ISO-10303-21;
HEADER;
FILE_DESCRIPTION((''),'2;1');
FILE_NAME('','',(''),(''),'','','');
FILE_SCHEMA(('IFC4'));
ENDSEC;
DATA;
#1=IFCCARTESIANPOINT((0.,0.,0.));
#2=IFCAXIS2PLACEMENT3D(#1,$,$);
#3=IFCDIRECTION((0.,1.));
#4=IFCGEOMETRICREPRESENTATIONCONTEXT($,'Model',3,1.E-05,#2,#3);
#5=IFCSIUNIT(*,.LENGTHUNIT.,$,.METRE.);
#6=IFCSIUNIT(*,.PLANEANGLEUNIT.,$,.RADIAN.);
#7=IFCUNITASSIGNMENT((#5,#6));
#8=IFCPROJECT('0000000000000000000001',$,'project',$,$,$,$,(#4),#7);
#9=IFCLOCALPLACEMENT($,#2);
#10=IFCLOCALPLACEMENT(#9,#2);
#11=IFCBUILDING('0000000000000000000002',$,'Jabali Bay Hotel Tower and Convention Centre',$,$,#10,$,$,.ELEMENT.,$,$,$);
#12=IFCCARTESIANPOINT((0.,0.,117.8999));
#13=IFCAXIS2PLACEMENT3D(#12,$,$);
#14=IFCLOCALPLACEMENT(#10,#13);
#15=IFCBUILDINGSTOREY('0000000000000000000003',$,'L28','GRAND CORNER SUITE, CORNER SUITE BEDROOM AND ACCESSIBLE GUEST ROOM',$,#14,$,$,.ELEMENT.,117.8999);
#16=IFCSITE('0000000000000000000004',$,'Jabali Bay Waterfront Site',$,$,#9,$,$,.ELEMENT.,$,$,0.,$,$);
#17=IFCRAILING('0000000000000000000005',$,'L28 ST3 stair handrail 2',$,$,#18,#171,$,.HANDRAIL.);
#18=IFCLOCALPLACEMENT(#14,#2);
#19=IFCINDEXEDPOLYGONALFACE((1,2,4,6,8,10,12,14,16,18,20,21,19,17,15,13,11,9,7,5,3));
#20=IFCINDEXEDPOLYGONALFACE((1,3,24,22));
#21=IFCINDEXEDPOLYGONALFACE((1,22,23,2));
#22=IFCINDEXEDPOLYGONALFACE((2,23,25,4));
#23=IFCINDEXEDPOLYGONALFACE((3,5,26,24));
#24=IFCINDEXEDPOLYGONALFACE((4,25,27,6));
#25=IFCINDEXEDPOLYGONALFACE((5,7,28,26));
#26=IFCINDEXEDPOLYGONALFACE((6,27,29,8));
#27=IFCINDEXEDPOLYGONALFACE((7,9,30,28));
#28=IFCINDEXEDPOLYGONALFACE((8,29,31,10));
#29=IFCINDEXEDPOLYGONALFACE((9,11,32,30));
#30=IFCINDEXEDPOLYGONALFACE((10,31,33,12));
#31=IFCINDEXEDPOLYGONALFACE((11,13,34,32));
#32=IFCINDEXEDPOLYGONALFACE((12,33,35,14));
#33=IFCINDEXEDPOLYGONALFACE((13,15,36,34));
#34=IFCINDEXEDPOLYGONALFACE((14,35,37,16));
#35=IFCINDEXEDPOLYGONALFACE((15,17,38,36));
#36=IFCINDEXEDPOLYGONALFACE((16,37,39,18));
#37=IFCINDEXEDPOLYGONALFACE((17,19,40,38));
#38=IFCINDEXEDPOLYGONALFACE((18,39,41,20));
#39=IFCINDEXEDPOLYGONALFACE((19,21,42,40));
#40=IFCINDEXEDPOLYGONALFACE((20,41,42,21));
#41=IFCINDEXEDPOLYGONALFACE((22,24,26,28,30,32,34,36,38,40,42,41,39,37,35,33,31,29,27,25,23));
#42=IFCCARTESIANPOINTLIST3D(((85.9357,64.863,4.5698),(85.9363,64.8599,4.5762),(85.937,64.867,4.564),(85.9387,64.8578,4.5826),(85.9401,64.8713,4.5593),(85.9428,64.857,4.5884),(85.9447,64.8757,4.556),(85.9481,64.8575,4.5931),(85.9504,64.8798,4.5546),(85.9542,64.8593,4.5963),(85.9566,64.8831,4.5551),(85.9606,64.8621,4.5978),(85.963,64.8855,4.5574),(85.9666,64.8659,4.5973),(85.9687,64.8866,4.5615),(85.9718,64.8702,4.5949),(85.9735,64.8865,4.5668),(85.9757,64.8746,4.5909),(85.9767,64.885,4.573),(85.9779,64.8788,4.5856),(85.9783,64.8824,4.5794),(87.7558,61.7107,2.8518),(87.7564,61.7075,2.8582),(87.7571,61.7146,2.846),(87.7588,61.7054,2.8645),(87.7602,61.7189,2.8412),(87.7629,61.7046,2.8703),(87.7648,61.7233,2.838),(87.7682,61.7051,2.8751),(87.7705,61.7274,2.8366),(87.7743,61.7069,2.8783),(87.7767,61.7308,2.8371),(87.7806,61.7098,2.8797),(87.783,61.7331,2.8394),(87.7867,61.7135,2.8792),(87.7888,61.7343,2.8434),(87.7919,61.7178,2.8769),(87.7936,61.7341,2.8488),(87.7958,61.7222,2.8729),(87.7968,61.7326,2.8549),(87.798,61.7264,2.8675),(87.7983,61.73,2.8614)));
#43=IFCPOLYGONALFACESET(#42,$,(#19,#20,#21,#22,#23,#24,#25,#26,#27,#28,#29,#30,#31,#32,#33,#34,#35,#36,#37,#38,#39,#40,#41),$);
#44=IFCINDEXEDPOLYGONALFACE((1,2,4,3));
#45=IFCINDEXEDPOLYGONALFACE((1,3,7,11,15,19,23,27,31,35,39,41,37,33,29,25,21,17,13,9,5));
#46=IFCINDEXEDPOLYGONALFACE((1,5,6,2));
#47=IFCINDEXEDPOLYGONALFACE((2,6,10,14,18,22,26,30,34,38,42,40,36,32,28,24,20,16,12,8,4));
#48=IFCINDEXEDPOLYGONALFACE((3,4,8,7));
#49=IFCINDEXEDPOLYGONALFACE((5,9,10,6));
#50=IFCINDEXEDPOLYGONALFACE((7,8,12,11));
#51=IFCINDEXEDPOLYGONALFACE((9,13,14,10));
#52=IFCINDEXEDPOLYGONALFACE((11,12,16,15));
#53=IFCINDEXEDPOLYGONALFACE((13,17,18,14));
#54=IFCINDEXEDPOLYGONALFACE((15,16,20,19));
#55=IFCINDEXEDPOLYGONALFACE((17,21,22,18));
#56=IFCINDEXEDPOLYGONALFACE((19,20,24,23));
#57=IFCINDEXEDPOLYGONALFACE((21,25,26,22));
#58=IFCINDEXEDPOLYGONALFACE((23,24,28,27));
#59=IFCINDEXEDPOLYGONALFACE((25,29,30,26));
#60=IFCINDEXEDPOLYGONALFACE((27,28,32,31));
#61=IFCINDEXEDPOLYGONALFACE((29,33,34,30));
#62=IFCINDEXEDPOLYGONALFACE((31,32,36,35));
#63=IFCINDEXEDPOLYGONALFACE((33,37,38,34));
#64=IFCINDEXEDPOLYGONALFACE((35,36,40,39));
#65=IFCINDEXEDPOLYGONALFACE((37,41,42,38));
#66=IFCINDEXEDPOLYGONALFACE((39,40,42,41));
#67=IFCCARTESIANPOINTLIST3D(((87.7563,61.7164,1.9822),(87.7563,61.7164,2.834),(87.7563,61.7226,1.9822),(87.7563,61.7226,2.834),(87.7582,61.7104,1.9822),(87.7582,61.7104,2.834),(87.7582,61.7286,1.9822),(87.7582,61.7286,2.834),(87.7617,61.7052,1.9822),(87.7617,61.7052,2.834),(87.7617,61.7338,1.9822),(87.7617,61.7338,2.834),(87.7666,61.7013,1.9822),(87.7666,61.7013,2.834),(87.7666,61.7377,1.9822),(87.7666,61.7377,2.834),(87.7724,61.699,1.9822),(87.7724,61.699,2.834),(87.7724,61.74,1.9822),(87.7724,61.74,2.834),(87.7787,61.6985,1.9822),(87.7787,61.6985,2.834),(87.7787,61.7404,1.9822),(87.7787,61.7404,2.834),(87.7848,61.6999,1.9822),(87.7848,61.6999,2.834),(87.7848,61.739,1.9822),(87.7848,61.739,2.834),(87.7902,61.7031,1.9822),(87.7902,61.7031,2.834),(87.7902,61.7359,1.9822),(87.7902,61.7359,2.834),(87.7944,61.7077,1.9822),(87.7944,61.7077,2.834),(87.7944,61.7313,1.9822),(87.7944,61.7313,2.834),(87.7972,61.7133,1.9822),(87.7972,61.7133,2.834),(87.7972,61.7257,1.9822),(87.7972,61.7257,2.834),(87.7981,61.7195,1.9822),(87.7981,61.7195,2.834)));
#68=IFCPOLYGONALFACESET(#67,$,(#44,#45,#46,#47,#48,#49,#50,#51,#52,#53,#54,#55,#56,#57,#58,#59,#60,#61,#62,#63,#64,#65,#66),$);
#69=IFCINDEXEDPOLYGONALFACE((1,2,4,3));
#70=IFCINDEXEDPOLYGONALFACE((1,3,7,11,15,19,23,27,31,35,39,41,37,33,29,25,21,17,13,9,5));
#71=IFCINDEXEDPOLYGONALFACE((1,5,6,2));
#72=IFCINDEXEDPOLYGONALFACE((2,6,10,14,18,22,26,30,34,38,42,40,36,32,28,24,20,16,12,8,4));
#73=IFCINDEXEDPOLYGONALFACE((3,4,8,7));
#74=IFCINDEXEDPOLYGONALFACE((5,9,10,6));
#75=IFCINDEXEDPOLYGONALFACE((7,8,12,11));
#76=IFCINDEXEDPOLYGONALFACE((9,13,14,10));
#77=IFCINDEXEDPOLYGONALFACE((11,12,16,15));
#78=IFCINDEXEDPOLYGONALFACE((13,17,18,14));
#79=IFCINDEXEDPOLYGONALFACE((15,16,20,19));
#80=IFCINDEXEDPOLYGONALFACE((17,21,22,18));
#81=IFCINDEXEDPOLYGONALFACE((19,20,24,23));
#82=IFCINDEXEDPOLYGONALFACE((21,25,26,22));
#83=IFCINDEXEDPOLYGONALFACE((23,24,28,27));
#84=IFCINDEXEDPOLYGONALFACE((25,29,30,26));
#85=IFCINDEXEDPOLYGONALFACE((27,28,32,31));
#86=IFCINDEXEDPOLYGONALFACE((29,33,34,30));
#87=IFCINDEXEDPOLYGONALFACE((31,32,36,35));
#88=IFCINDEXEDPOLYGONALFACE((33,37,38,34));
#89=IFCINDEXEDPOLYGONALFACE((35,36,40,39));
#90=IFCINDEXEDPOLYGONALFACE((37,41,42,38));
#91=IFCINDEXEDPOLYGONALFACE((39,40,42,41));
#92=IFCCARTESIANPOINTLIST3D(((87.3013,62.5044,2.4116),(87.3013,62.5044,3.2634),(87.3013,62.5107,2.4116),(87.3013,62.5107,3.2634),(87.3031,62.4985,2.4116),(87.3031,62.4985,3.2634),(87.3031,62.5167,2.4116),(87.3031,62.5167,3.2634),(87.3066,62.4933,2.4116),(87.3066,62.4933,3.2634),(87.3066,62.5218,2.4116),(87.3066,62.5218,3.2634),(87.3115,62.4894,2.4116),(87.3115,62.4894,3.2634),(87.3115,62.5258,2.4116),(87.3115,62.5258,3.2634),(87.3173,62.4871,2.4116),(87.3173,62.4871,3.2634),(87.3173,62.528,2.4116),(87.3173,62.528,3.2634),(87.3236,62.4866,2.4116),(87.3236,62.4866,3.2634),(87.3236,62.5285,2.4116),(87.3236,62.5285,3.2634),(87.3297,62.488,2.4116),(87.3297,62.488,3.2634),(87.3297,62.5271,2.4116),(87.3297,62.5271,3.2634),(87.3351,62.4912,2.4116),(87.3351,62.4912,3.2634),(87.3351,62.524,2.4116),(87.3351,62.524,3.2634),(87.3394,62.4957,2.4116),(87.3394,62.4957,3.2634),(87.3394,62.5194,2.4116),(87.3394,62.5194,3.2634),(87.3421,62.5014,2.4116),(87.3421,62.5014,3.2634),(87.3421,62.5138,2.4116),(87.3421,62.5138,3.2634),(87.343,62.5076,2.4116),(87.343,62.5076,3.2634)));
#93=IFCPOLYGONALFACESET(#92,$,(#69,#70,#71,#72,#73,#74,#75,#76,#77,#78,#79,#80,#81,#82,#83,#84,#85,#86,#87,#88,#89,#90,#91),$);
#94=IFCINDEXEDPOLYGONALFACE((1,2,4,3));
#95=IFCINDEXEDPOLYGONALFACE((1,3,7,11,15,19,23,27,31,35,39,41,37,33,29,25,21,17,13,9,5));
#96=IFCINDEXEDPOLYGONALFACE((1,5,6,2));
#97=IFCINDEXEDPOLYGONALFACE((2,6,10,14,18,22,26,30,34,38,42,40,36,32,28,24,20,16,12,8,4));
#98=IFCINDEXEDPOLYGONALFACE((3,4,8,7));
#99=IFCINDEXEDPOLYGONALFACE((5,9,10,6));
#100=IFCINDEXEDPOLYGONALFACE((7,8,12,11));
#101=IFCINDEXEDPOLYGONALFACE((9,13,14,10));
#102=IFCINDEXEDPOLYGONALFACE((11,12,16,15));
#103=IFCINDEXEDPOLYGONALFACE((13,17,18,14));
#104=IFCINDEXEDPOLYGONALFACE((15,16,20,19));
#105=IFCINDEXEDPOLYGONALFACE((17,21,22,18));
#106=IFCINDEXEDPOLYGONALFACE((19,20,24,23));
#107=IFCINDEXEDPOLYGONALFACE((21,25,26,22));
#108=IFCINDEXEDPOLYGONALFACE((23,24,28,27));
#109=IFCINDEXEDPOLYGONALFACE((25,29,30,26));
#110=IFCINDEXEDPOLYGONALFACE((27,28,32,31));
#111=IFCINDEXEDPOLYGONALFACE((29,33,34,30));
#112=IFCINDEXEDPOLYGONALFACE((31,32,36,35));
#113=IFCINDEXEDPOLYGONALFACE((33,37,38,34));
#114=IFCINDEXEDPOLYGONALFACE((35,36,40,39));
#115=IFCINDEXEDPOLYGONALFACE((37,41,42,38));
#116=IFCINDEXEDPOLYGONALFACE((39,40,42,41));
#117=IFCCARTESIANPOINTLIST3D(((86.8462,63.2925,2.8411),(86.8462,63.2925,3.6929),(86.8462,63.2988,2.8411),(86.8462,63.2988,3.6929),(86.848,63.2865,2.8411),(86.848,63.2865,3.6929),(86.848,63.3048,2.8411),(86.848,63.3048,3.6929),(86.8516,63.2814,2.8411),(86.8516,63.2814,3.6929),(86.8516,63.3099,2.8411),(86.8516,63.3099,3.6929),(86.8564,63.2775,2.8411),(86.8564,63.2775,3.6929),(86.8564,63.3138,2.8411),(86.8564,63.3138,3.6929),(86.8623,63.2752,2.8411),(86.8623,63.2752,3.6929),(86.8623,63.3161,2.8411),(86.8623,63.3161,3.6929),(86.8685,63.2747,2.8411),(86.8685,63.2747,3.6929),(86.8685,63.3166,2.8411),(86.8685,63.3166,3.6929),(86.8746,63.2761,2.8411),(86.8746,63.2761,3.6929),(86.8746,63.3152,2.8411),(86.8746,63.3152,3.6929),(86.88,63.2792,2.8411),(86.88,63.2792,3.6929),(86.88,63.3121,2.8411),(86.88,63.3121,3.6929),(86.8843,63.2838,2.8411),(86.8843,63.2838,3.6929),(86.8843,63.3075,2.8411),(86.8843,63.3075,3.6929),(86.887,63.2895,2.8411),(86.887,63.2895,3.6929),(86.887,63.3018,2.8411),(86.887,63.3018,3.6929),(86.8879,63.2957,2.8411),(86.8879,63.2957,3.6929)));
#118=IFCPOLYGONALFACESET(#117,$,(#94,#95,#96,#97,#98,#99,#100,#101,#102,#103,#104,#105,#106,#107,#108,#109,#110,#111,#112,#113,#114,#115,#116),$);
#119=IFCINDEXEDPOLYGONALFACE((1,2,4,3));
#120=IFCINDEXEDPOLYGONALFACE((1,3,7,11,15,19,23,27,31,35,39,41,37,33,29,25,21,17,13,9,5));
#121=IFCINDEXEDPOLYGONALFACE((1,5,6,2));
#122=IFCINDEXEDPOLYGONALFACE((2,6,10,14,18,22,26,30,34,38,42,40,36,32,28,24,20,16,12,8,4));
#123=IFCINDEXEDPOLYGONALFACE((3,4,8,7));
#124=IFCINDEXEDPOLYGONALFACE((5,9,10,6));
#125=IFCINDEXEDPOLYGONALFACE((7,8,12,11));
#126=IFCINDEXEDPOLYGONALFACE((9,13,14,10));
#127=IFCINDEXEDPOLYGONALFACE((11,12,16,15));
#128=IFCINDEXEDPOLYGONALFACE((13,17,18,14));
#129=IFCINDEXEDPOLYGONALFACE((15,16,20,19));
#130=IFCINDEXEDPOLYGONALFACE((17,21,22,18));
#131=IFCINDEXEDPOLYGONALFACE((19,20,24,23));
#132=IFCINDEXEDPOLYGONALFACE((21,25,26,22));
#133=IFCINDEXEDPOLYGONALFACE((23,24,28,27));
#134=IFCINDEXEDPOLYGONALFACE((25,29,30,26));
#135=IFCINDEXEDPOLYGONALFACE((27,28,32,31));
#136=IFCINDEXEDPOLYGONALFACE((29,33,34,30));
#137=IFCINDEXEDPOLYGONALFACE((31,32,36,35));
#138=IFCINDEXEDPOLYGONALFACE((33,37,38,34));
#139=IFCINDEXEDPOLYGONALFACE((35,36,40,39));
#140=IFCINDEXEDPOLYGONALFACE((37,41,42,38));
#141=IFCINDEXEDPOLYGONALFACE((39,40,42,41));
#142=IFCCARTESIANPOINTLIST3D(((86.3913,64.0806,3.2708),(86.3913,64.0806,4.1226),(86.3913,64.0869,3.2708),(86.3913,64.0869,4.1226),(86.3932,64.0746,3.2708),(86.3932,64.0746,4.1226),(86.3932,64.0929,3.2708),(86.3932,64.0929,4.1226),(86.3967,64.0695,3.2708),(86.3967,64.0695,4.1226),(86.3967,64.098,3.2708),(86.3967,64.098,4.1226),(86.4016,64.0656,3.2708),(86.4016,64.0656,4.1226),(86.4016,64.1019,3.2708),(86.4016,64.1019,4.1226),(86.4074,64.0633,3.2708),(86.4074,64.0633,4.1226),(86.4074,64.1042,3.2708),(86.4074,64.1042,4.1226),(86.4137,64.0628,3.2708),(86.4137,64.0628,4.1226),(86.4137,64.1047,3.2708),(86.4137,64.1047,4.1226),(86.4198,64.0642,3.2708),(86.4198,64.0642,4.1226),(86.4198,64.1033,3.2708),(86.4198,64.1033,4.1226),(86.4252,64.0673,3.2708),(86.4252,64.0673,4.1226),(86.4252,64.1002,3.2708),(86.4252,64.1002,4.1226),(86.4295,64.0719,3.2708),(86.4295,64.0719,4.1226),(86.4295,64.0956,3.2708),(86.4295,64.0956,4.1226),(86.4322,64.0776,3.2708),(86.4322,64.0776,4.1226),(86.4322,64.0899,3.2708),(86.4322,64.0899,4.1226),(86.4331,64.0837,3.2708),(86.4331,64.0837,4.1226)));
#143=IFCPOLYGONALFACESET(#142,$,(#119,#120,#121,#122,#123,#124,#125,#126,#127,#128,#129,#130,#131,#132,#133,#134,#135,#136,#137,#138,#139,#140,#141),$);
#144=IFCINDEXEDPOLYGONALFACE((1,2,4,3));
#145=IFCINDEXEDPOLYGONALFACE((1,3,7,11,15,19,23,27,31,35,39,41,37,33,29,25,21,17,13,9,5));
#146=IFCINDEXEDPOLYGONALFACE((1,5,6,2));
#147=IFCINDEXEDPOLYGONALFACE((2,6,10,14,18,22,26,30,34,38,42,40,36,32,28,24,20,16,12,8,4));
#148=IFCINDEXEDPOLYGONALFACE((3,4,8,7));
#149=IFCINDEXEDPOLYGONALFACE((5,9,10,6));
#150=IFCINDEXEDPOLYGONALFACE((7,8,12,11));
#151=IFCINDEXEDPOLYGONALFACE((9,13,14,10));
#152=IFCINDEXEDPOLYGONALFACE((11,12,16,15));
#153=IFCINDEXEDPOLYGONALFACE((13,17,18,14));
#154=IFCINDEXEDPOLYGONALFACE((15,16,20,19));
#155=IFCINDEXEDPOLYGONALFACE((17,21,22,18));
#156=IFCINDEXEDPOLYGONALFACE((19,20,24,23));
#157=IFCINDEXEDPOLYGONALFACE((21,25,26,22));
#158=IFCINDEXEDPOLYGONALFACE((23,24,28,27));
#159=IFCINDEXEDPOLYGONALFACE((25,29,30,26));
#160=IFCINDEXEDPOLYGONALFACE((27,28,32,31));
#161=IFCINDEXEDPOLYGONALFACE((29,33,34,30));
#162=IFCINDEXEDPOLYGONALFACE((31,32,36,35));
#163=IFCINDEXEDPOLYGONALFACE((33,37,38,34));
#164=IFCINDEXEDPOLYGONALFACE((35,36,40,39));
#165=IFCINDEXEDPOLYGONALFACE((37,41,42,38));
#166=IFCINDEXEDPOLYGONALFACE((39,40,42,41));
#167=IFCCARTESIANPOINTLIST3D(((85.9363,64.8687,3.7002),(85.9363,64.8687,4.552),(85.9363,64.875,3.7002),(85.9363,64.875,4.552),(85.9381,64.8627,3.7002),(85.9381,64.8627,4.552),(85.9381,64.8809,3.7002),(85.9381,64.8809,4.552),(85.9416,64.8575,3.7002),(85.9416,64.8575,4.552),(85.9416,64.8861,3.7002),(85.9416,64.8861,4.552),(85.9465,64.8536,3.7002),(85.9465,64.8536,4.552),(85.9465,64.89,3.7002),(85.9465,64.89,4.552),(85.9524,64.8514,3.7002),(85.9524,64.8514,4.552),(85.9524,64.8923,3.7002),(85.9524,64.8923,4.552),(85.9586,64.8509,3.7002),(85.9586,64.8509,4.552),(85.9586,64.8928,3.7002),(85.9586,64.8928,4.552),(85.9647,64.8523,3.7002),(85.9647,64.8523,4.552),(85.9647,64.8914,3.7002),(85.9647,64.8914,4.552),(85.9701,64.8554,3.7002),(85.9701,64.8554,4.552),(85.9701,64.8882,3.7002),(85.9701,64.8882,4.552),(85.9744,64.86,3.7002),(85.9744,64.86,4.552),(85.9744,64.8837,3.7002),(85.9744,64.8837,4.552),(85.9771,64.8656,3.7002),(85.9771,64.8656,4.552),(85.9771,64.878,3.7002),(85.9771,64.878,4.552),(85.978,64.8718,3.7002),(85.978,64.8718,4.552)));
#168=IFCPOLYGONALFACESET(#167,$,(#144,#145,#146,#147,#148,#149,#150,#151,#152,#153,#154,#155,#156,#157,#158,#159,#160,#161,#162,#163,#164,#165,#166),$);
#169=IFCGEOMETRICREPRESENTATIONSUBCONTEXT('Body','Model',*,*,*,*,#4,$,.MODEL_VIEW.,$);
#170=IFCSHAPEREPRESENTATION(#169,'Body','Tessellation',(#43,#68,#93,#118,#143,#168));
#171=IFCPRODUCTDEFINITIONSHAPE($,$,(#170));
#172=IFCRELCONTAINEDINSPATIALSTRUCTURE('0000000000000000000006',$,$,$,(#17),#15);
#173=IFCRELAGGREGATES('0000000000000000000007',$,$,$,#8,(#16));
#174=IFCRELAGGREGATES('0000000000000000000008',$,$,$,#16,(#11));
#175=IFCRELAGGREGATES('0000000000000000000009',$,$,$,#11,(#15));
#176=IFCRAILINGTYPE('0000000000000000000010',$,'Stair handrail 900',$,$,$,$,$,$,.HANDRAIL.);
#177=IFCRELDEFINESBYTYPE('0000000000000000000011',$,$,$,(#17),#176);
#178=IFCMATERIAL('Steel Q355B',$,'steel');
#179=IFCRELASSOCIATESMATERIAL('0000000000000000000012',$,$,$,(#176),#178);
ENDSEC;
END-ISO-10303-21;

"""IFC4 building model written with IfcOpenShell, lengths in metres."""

from ifc_helpers import new_model, si_unit, direction, frame, origin, origin_2d, place, context, subcontext, project, spatial, circle, extrude, material, type_object, element, save


model = new_model("IFC4")

# Units and contexts
model_context = context("Model", 3, precision=1e-05, world=origin(), true_north=direction((0.0, 1.0)))
body_context = subcontext(model_context, "Body", "Model", "MODEL_VIEW")
ifc_project = project(units=[si_unit("LENGTHUNIT", "METRE"), si_unit("PLANEANGLEUNIT", "RADIAN")], contexts=[model_context])

# Site, building, storey
site_placement = place(None, origin())
site = spatial("IfcSite", under=ifc_project, at=site_placement, Name="Jabali Bay Waterfront Site", CompositionType="ELEMENT", RefElevation=0.0)
building_placement = place(site_placement, origin())
building = spatial("IfcBuilding", under=site, at=building_placement, Name="Jabali Bay Hotel Tower and Convention Centre", CompositionType="ELEMENT")
storey_placement = place(building_placement, frame((0.0, 0.0, 117.8999)))
storey = spatial("IfcBuildingStorey", under=building, at=storey_placement, Name="L28", Description="GRAND CORNER SUITE, CORNER SUITE BEDROOM AND ACCESSIBLE GUEST ROOM", CompositionType="ELEMENT", Elevation=117.8999)

# Railing
ifc_material_1 = material(Name="Steel Q355B", Category="steel")
railing_type_1 = type_object("IfcRailingType", Name="Stair handrail 900", PredefinedType="HANDRAIL", material=ifc_material_1)
railing_1_placement = place(storey_placement, frame((87.7771, 61.7195, 1.9822)))
element("IfcRailing", 1, at=railing_1_placement, inside=storey, type_object=railing_type_1, Name="L28 ST3 stair handrail 2", PredefinedType="HANDRAIL", context=body_context, shape_type="SweptSolid", body=[
    extrude(circle(Radius=0.0239, at=origin_2d()), frame((0.0, 0.0, 0.876), z_axis=(-0.452179, 0.78317, 0.426825), x_axis=(-0.866018, -0.500013, 0.0)), (0.0, 0.0, 1.0), 4.0251),
    extrude(circle(Radius=0.021, at=origin_2d()), origin(), (0.0, 0.0, 1.0), 0.8518),
    extrude(circle(Radius=0.021, at=origin_2d()), frame((-0.4551, 0.7881, 0.4294)), (0.0, 0.0, 1.0), 0.8518),
    extrude(circle(Radius=0.021, at=origin_2d()), frame((-0.9102, 1.5762, 0.8589)), (0.0, 0.0, 1.0), 0.8518),
    extrude(circle(Radius=0.021, at=origin_2d()), frame((-1.365, 2.3643, 1.2886)), (0.0, 0.0, 1.0), 0.8518),
    extrude(circle(Radius=0.021, at=origin_2d()), frame((-1.8201, 3.1523, 1.718)), (0.0, 0.0, 1.0), 0.8518),
])

save(model, "model.ifc")
